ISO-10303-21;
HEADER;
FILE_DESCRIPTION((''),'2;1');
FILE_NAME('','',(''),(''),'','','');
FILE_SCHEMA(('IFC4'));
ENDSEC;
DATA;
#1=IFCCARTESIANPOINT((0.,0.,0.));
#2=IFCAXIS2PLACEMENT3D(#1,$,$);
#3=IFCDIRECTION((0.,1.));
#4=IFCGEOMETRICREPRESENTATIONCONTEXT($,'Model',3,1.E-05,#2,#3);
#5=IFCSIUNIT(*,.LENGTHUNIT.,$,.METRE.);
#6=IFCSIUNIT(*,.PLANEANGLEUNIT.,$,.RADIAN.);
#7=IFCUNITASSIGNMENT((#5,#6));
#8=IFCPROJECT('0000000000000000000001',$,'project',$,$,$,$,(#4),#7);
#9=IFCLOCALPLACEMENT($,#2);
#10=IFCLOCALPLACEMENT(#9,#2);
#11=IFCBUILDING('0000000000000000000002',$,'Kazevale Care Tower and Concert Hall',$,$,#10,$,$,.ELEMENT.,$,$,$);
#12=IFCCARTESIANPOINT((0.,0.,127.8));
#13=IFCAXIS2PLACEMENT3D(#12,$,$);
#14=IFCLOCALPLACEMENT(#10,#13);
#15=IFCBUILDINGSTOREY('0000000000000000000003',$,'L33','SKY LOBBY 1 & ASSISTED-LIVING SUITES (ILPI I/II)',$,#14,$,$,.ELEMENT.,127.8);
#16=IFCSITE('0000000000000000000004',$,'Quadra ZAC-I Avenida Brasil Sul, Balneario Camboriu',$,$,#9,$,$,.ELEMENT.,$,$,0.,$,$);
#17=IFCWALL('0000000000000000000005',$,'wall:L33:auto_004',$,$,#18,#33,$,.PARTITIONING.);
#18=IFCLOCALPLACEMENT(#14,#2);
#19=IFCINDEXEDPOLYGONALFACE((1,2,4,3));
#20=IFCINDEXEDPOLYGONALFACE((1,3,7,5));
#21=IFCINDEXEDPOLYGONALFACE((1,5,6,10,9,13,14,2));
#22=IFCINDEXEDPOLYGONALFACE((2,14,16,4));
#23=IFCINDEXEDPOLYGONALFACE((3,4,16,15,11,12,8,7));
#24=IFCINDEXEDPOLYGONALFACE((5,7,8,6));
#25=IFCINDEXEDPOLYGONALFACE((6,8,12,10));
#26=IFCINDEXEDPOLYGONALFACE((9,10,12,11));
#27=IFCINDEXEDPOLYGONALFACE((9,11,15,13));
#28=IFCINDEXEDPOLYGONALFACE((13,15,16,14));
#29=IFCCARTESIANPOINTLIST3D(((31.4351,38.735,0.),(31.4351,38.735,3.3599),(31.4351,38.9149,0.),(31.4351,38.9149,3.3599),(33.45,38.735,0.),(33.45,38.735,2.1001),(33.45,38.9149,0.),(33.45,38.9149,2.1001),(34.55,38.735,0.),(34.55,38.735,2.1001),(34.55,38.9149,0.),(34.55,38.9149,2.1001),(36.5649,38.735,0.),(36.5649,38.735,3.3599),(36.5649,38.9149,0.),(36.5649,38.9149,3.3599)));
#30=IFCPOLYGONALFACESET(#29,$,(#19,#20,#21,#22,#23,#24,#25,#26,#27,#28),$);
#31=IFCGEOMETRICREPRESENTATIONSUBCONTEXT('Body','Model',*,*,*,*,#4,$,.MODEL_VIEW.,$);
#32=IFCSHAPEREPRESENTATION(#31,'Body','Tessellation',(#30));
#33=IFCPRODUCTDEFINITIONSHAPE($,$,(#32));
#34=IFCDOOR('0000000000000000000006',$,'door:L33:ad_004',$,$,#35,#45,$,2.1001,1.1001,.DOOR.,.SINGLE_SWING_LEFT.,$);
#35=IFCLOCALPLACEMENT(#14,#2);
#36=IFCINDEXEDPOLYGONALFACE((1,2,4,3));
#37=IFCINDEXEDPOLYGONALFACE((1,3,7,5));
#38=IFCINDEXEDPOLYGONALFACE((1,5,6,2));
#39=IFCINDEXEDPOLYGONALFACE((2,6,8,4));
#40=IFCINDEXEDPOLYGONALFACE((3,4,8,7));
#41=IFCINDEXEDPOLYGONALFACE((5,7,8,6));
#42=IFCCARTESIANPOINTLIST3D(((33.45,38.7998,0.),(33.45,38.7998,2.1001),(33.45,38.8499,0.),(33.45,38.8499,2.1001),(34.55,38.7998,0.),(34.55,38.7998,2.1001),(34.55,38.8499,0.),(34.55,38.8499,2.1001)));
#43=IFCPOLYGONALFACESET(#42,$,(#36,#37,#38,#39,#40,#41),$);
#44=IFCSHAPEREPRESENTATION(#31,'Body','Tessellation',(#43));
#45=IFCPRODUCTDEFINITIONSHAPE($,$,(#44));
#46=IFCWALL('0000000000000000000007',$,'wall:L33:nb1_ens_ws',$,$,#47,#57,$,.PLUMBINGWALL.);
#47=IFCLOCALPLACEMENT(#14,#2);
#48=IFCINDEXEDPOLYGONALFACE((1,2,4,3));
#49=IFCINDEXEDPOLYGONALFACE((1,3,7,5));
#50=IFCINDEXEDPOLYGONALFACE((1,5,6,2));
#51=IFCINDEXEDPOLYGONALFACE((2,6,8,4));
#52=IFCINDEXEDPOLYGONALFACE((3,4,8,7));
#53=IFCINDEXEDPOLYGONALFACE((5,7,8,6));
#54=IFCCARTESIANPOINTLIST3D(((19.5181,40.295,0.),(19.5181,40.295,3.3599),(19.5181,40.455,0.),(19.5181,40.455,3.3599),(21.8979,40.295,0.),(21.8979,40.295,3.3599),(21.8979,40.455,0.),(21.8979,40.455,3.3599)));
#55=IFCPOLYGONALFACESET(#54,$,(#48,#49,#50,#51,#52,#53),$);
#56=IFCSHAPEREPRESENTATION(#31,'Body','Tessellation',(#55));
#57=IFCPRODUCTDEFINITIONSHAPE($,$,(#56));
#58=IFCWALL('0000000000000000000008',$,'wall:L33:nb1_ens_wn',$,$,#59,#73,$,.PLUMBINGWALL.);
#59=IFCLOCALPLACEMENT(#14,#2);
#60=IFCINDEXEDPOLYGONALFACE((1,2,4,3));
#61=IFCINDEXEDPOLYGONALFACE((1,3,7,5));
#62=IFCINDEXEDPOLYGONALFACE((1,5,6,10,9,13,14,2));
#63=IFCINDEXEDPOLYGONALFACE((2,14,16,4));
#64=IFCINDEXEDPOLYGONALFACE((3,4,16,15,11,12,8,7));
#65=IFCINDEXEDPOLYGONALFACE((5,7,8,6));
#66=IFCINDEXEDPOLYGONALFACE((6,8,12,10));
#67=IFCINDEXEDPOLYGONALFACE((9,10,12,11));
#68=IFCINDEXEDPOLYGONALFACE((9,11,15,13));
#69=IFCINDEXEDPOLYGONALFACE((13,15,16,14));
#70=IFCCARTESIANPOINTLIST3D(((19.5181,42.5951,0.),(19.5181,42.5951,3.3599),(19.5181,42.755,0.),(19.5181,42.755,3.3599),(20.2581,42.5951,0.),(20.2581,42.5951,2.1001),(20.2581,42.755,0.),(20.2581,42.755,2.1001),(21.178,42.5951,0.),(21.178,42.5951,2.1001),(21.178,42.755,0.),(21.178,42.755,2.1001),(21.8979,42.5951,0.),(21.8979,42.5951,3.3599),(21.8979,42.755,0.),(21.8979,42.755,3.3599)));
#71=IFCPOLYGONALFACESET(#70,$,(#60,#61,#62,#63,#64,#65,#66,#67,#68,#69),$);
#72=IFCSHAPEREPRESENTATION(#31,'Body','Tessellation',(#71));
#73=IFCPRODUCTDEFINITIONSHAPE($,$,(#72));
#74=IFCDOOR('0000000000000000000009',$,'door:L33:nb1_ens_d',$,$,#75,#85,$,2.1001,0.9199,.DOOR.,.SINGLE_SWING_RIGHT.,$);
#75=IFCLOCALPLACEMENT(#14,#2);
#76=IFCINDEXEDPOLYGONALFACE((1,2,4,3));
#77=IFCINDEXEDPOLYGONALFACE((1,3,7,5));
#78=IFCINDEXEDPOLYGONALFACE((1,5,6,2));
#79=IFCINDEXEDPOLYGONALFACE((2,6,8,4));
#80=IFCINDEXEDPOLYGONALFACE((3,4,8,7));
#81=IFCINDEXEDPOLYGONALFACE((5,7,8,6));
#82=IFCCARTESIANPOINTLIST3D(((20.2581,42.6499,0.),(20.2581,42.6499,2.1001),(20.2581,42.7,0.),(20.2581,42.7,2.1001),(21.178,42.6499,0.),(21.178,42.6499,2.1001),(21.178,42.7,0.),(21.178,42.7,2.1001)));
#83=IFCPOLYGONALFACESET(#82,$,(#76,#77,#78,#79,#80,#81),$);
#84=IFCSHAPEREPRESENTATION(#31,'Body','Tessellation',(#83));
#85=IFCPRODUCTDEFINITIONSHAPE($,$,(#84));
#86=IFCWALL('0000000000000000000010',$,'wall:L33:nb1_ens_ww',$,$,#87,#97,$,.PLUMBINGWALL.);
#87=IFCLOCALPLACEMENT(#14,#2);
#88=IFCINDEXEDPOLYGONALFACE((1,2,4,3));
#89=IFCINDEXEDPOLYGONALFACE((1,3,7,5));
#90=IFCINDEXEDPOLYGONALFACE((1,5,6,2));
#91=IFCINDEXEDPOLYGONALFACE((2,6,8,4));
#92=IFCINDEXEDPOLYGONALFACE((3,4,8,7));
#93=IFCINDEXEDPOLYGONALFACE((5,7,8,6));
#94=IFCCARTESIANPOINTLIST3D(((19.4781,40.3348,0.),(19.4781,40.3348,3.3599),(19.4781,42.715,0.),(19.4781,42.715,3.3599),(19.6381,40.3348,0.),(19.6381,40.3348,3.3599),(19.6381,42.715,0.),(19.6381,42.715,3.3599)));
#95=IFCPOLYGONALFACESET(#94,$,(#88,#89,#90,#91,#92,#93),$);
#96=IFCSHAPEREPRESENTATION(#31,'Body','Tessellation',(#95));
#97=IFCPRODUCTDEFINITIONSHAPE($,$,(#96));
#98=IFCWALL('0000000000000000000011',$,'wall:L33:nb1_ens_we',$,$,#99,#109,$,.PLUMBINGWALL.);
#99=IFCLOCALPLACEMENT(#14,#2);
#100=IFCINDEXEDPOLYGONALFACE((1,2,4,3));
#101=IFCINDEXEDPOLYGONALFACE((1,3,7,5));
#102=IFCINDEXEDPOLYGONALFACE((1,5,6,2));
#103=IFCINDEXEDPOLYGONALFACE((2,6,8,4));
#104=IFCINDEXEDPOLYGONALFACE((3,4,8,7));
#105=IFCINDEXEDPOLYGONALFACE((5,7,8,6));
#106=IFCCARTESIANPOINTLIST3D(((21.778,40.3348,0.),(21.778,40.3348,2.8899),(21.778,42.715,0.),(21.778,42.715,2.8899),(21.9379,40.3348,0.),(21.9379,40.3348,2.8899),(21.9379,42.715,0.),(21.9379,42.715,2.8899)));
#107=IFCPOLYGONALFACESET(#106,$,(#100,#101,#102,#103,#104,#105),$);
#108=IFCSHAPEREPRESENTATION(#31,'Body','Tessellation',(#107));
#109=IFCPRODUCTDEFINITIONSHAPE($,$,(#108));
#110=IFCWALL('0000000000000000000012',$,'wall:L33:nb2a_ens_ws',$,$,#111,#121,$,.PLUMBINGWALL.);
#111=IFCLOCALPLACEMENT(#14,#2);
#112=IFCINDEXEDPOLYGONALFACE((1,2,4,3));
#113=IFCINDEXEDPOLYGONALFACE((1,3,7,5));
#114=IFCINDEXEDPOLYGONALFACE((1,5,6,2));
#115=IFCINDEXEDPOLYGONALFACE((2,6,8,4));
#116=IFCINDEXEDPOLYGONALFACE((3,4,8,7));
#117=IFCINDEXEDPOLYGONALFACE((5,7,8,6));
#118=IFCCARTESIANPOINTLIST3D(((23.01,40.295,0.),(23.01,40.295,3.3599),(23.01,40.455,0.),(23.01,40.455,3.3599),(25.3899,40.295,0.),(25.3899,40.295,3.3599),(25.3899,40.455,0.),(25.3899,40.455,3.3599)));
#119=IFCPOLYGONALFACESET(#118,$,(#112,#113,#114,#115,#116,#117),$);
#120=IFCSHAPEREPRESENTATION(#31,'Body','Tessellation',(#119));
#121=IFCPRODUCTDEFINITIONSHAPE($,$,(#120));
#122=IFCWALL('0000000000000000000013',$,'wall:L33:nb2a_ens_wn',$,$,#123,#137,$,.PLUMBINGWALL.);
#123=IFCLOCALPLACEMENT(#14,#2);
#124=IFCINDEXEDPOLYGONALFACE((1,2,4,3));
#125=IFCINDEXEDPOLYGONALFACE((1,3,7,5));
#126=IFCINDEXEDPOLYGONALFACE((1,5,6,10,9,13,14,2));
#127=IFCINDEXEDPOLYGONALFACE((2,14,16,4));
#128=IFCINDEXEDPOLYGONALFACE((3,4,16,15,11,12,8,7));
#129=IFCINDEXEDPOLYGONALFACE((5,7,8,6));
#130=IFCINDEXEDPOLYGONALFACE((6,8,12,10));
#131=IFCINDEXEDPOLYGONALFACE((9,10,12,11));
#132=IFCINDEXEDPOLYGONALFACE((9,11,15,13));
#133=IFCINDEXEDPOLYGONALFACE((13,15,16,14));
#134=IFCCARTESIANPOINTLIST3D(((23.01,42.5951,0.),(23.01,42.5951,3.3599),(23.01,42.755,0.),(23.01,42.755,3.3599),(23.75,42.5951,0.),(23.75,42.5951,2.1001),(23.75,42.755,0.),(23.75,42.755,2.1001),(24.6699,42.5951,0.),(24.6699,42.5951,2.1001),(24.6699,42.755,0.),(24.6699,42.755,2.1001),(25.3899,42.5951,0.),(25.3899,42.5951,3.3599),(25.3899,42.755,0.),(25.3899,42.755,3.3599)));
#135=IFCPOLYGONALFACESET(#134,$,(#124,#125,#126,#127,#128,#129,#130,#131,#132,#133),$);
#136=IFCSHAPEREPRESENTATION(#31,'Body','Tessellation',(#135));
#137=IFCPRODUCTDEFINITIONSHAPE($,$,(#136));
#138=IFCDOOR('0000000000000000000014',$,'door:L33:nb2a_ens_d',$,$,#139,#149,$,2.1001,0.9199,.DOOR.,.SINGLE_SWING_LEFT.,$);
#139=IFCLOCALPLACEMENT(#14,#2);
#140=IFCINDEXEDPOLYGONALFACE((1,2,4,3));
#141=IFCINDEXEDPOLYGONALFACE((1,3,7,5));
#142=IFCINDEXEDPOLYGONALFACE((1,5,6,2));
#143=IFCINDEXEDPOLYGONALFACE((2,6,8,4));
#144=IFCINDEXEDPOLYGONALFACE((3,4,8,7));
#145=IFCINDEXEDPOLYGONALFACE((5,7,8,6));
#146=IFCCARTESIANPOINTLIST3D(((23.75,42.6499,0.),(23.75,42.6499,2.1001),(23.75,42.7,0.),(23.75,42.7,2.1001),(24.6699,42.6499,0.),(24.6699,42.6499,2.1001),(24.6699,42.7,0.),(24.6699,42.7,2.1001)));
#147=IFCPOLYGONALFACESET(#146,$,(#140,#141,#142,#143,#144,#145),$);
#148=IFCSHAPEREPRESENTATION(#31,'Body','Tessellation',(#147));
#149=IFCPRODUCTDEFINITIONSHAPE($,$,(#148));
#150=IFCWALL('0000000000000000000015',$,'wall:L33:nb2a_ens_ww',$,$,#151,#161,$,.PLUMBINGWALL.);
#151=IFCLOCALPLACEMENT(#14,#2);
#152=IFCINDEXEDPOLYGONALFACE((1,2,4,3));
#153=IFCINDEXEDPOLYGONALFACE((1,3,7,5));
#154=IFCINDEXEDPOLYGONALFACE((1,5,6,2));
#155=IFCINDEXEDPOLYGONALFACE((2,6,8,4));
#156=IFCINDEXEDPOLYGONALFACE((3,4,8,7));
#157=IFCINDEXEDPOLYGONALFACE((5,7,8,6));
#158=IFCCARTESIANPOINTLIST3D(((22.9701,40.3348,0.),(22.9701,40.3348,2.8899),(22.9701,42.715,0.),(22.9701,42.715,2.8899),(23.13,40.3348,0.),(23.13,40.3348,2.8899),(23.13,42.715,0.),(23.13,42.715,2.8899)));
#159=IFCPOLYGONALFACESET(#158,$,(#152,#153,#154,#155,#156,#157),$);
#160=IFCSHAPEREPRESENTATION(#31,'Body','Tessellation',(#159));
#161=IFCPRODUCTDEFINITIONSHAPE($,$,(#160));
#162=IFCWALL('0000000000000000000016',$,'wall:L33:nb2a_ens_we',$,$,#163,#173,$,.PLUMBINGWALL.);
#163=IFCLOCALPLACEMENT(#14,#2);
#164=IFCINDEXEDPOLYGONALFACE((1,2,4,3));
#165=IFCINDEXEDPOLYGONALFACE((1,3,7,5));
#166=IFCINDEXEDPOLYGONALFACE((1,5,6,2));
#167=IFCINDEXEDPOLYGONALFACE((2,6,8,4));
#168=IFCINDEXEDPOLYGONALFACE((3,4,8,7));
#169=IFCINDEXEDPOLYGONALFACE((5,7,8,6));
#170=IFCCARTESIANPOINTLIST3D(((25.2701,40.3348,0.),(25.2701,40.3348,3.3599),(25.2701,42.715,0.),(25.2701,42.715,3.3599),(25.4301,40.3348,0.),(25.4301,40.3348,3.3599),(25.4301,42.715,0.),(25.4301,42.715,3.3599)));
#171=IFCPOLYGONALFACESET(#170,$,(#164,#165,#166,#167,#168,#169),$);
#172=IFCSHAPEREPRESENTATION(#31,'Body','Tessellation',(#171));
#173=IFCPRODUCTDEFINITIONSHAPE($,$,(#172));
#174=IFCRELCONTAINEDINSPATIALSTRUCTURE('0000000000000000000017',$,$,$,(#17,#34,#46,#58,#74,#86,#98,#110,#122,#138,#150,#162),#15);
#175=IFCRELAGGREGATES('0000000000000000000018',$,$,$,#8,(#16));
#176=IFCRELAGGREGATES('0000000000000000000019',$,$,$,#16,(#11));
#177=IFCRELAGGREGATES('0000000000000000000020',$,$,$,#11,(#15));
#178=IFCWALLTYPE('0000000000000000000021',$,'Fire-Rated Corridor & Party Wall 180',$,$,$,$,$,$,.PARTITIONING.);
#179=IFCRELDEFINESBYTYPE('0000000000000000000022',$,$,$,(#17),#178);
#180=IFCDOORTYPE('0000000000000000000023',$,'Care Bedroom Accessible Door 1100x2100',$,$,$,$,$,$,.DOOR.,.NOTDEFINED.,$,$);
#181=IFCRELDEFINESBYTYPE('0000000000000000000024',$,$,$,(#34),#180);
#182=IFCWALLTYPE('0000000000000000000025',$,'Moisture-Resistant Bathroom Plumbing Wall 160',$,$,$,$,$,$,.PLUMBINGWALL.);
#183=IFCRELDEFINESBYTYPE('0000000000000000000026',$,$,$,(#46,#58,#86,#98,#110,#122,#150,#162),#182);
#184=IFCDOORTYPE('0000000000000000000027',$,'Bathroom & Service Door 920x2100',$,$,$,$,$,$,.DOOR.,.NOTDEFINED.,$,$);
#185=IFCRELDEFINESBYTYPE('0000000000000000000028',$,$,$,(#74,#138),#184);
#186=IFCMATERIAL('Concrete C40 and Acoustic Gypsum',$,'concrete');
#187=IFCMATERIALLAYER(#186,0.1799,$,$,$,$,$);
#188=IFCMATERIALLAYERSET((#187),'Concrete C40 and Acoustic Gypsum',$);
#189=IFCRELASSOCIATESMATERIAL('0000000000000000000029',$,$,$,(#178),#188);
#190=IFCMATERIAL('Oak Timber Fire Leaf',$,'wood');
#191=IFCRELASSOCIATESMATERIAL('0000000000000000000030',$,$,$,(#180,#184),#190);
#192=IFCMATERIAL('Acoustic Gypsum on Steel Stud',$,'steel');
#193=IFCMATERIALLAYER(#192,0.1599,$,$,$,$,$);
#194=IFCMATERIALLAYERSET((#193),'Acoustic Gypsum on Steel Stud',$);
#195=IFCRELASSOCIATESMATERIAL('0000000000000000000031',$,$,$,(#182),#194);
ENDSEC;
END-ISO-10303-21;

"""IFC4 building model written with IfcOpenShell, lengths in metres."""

from ifc_helpers import new_model, si_unit, direction, frame, frame_2d, origin, place, context, subcontext, project, spatial, rectangle, extrude, material, layer, layer_set, type_object, element, fill, save


model = new_model("IFC4")

# Units and contexts
model_context = context("Model", 3, precision=1e-05, world=origin(), true_north=direction((0.0, 1.0)))
body_context = subcontext(model_context, "Body", "Model", "MODEL_VIEW")
ifc_project = project(units=[si_unit("LENGTHUNIT", "METRE"), si_unit("PLANEANGLEUNIT", "RADIAN")], contexts=[model_context])

# Site, building, storey
site_placement = place(None, origin())
site = spatial("IfcSite", under=ifc_project, at=site_placement, Name="Quadra ZAC-I Avenida Brasil Sul, Balneario Camboriu", CompositionType="ELEMENT", RefElevation=0.0)
building_placement = place(site_placement, origin())
building = spatial("IfcBuilding", under=site, at=building_placement, Name="Kazevale Care Tower and Concert Hall", CompositionType="ELEMENT")
storey_placement = place(building_placement, frame((0.0, 0.0, 127.8)))
storey = spatial("IfcBuildingStorey", under=building, at=storey_placement, Name="L33", Description="SKY LOBBY 1 & ASSISTED-LIVING SUITES (ILPI I/II)", CompositionType="ELEMENT", Elevation=127.8)

# Wall, opening, door
ifc_material_1 = material(Name="Concrete C40 and Acoustic Gypsum", Category="concrete")
ifc_layer_1 = layer(ifc_material_1, 0.1799)
ifc_layer_set_1 = layer_set([ifc_layer_1], Name="Concrete C40 and Acoustic Gypsum")
wall_type_1 = type_object("IfcWallType", Name="Fire-Rated Corridor & Party Wall 180", PredefinedType="PARTITIONING", material=ifc_layer_set_1)
wall_1_placement = place(storey_placement, frame((31.4351, 38.825, 0.0), z_axis=(0.0, 0.0, 1.0), x_axis=(1.0, 0.0, 0.0)))
wall_1 = element("IfcWall", 1, at=wall_1_placement, inside=storey, type_object=wall_type_1, Name="wall:L33:auto_004", PredefinedType="PARTITIONING", context=body_context, shape_type="SweptSolid", body=[
    extrude(rectangle(XDim=5.1299, YDim=0.1799, at=frame_2d((2.5649, 0.0))), origin(), (0.0, 0.0, 1.0), 3.3599),
])
opening_1_placement = place(wall_1_placement, frame((2.0149, 0.0, 0.0)))
opening_1 = element("IfcOpeningElement", 2, at=opening_1_placement, cuts=wall_1, PredefinedType="OPENING", context=body_context, shape_type="SweptSolid", body=[
    extrude(rectangle(XDim=1.1001, YDim=2.1001, at=frame_2d((0.55, 1.05))), frame((0.0, 0.0999, 0.0), z_axis=(0.0, -1.0, 0.0), x_axis=(1.0, 0.0, 0.0)), (0.0, 0.0, 1.0), 0.2),
])
ifc_material_2 = material(Name="Oak Timber Fire Leaf", Category="wood")
door_type_1 = type_object("IfcDoorType", Name="Care Bedroom Accessible Door 1100x2100", OperationType="NOTDEFINED", PredefinedType="DOOR", material=ifc_material_2)
door_1_placement = place(opening_1_placement, origin())
door_1 = element("IfcDoor", 3, at=door_1_placement, inside=storey, type_object=door_type_1, Name="door:L33:ad_004", OperationType="SINGLE_SWING_LEFT", OverallHeight=2.1001, OverallWidth=1.1001, PredefinedType="DOOR", context=body_context, shape_type="SweptSolid", body=[
    extrude(rectangle(XDim=1.1001, YDim=2.1001, at=frame_2d((0.55, 1.05))), frame((0.0, 0.0249, 0.0), z_axis=(0.0, -1.0, 0.0), x_axis=(1.0, 0.0, 0.0)), (0.0, 0.0, 1.0), 0.05),
])
fill(opening_1, door_1)

# Wall
ifc_material_3 = material(Name="Acoustic Gypsum on Steel Stud", Category="steel")
ifc_layer_2 = layer(ifc_material_3, 0.1599)
ifc_layer_set_2 = layer_set([ifc_layer_2], Name="Acoustic Gypsum on Steel Stud")
wall_type_2 = type_object("IfcWallType", Name="Moisture-Resistant Bathroom Plumbing Wall 160", PredefinedType="PLUMBINGWALL", material=ifc_layer_set_2)
wall_2_placement = place(storey_placement, frame((19.5181, 40.375, 0.0), z_axis=(0.0, 0.0, 1.0), x_axis=(1.0, 0.0, 0.0)))
element("IfcWall", 4, at=wall_2_placement, inside=storey, type_object=wall_type_2, Name="wall:L33:nb1_ens_ws", PredefinedType="PLUMBINGWALL", context=body_context, shape_type="SweptSolid", body=[
    extrude(rectangle(XDim=2.3799, YDim=0.1599, at=frame_2d((1.1899, 0.0))), origin(), (0.0, 0.0, 1.0), 3.3599),
])

# Wall, opening, door
wall_3_placement = place(storey_placement, frame((19.5181, 42.675, 0.0), z_axis=(0.0, 0.0, 1.0), x_axis=(1.0, 0.0, 0.0)))
wall_3 = element("IfcWall", 5, at=wall_3_placement, inside=storey, type_object=wall_type_2, Name="wall:L33:nb1_ens_wn", PredefinedType="PLUMBINGWALL", context=body_context, shape_type="SweptSolid", body=[
    extrude(rectangle(XDim=2.3799, YDim=0.1599, at=frame_2d((1.1899, 0.0))), origin(), (0.0, 0.0, 1.0), 3.3599),
])
opening_2_placement = place(wall_3_placement, frame((0.74, 0.0, 0.0)))
opening_2 = element("IfcOpeningElement", 6, at=opening_2_placement, cuts=wall_3, PredefinedType="OPENING", context=body_context, shape_type="SweptSolid", body=[
    extrude(rectangle(XDim=0.9199, YDim=2.1001, at=frame_2d((0.46, 1.05))), frame((0.0, 0.0898, 0.0), z_axis=(0.0, -1.0, 0.0), x_axis=(1.0, 0.0, 0.0)), (0.0, 0.0, 1.0), 0.1799),
])
door_type_2 = type_object("IfcDoorType", Name="Bathroom & Service Door 920x2100", OperationType="NOTDEFINED", PredefinedType="DOOR", material=ifc_material_2)
door_2_placement = place(opening_2_placement, origin())
door_2 = element("IfcDoor", 7, at=door_2_placement, inside=storey, type_object=door_type_2, Name="door:L33:nb1_ens_d", OperationType="SINGLE_SWING_RIGHT", OverallHeight=2.1001, OverallWidth=0.9199, PredefinedType="DOOR", context=body_context, shape_type="SweptSolid", body=[
    extrude(rectangle(XDim=0.9199, YDim=2.1001, at=frame_2d((0.46, 1.05))), frame((0.0, 0.0249, 0.0), z_axis=(0.0, -1.0, 0.0), x_axis=(1.0, 0.0, 0.0)), (0.0, 0.0, 1.0), 0.05),
])
fill(opening_2, door_2)

# Walls
wall_4_placement = place(storey_placement, frame((19.5581, 40.335, 0.0), z_axis=(0.0, 0.0, 1.0), x_axis=(0.0, 1.0, 0.0)))
element("IfcWall", 8, at=wall_4_placement, inside=storey, type_object=wall_type_2, Name="wall:L33:nb1_ens_ww", PredefinedType="PLUMBINGWALL", context=body_context, shape_type="SweptSolid", body=[
    extrude(rectangle(XDim=2.3801, YDim=0.1599, at=frame_2d((1.1899, 0.0))), origin(), (0.0, 0.0, 1.0), 3.3599),
])
wall_5_placement = place(storey_placement, frame((21.8579, 40.335, 0.0), z_axis=(0.0, 0.0, 1.0), x_axis=(0.0, 1.0, 0.0)))
element("IfcWall", 9, at=wall_5_placement, inside=storey, type_object=wall_type_2, Name="wall:L33:nb1_ens_we", PredefinedType="PLUMBINGWALL", context=body_context, shape_type="SweptSolid", body=[
    extrude(rectangle(XDim=2.3801, YDim=0.1599, at=frame_2d((1.1899, 0.0))), origin(), (0.0, 0.0, 1.0), 2.8899),
])
wall_6_placement = place(storey_placement, frame((23.01, 40.375, 0.0), z_axis=(0.0, 0.0, 1.0), x_axis=(1.0, 0.0, 0.0)))
element("IfcWall", 10, at=wall_6_placement, inside=storey, type_object=wall_type_2, Name="wall:L33:nb2a_ens_ws", PredefinedType="PLUMBINGWALL", context=body_context, shape_type="SweptSolid", body=[
    extrude(rectangle(XDim=2.3799, YDim=0.1599, at=frame_2d((1.1899, 0.0))), origin(), (0.0, 0.0, 1.0), 3.3599),
])

# Wall, opening, door
wall_7_placement = place(storey_placement, frame((23.01, 42.675, 0.0), z_axis=(0.0, 0.0, 1.0), x_axis=(1.0, 0.0, 0.0)))
wall_7 = element("IfcWall", 11, at=wall_7_placement, inside=storey, type_object=wall_type_2, Name="wall:L33:nb2a_ens_wn", PredefinedType="PLUMBINGWALL", context=body_context, shape_type="SweptSolid", body=[
    extrude(rectangle(XDim=2.3799, YDim=0.1599, at=frame_2d((1.1899, 0.0))), origin(), (0.0, 0.0, 1.0), 3.3599),
])
opening_3_placement = place(wall_7_placement, frame((0.74, 0.0, 0.0)))
opening_3 = element("IfcOpeningElement", 12, at=opening_3_placement, cuts=wall_7, PredefinedType="OPENING", context=body_context, shape_type="SweptSolid", body=[
    extrude(rectangle(XDim=0.9199, YDim=2.1001, at=frame_2d((0.46, 1.05))), frame((0.0, 0.0898, 0.0), z_axis=(0.0, -1.0, 0.0), x_axis=(1.0, 0.0, 0.0)), (0.0, 0.0, 1.0), 0.1799),
])
door_3_placement = place(opening_3_placement, origin())
door_3 = element("IfcDoor", 13, at=door_3_placement, inside=storey, type_object=door_type_2, Name="door:L33:nb2a_ens_d", OperationType="SINGLE_SWING_LEFT", OverallHeight=2.1001, OverallWidth=0.9199, PredefinedType="DOOR", context=body_context, shape_type="SweptSolid", body=[
    extrude(rectangle(XDim=0.9199, YDim=2.1001, at=frame_2d((0.46, 1.05))), frame((0.0, 0.0249, 0.0), z_axis=(0.0, -1.0, 0.0), x_axis=(1.0, 0.0, 0.0)), (0.0, 0.0, 1.0), 0.05),
])
fill(opening_3, door_3)

# Walls
wall_8_placement = place(storey_placement, frame((23.05, 40.335, 0.0), z_axis=(0.0, 0.0, 1.0), x_axis=(0.0, 1.0, 0.0)))
element("IfcWall", 14, at=wall_8_placement, inside=storey, type_object=wall_type_2, Name="wall:L33:nb2a_ens_ww", PredefinedType="PLUMBINGWALL", context=body_context, shape_type="SweptSolid", body=[
    extrude(rectangle(XDim=2.3801, YDim=0.1599, at=frame_2d((1.1899, 0.0))), origin(), (0.0, 0.0, 1.0), 2.8899),
])
wall_9_placement = place(storey_placement, frame((25.3501, 40.335, 0.0), z_axis=(0.0, 0.0, 1.0), x_axis=(0.0, 1.0, 0.0)))
element("IfcWall", 15, at=wall_9_placement, inside=storey, type_object=wall_type_2, Name="wall:L33:nb2a_ens_we", PredefinedType="PLUMBINGWALL", context=body_context, shape_type="SweptSolid", body=[
    extrude(rectangle(XDim=2.3801, YDim=0.1599, at=frame_2d((1.1899, 0.0))), origin(), (0.0, 0.0, 1.0), 3.3599),
])

save(model, "model.ifc")
